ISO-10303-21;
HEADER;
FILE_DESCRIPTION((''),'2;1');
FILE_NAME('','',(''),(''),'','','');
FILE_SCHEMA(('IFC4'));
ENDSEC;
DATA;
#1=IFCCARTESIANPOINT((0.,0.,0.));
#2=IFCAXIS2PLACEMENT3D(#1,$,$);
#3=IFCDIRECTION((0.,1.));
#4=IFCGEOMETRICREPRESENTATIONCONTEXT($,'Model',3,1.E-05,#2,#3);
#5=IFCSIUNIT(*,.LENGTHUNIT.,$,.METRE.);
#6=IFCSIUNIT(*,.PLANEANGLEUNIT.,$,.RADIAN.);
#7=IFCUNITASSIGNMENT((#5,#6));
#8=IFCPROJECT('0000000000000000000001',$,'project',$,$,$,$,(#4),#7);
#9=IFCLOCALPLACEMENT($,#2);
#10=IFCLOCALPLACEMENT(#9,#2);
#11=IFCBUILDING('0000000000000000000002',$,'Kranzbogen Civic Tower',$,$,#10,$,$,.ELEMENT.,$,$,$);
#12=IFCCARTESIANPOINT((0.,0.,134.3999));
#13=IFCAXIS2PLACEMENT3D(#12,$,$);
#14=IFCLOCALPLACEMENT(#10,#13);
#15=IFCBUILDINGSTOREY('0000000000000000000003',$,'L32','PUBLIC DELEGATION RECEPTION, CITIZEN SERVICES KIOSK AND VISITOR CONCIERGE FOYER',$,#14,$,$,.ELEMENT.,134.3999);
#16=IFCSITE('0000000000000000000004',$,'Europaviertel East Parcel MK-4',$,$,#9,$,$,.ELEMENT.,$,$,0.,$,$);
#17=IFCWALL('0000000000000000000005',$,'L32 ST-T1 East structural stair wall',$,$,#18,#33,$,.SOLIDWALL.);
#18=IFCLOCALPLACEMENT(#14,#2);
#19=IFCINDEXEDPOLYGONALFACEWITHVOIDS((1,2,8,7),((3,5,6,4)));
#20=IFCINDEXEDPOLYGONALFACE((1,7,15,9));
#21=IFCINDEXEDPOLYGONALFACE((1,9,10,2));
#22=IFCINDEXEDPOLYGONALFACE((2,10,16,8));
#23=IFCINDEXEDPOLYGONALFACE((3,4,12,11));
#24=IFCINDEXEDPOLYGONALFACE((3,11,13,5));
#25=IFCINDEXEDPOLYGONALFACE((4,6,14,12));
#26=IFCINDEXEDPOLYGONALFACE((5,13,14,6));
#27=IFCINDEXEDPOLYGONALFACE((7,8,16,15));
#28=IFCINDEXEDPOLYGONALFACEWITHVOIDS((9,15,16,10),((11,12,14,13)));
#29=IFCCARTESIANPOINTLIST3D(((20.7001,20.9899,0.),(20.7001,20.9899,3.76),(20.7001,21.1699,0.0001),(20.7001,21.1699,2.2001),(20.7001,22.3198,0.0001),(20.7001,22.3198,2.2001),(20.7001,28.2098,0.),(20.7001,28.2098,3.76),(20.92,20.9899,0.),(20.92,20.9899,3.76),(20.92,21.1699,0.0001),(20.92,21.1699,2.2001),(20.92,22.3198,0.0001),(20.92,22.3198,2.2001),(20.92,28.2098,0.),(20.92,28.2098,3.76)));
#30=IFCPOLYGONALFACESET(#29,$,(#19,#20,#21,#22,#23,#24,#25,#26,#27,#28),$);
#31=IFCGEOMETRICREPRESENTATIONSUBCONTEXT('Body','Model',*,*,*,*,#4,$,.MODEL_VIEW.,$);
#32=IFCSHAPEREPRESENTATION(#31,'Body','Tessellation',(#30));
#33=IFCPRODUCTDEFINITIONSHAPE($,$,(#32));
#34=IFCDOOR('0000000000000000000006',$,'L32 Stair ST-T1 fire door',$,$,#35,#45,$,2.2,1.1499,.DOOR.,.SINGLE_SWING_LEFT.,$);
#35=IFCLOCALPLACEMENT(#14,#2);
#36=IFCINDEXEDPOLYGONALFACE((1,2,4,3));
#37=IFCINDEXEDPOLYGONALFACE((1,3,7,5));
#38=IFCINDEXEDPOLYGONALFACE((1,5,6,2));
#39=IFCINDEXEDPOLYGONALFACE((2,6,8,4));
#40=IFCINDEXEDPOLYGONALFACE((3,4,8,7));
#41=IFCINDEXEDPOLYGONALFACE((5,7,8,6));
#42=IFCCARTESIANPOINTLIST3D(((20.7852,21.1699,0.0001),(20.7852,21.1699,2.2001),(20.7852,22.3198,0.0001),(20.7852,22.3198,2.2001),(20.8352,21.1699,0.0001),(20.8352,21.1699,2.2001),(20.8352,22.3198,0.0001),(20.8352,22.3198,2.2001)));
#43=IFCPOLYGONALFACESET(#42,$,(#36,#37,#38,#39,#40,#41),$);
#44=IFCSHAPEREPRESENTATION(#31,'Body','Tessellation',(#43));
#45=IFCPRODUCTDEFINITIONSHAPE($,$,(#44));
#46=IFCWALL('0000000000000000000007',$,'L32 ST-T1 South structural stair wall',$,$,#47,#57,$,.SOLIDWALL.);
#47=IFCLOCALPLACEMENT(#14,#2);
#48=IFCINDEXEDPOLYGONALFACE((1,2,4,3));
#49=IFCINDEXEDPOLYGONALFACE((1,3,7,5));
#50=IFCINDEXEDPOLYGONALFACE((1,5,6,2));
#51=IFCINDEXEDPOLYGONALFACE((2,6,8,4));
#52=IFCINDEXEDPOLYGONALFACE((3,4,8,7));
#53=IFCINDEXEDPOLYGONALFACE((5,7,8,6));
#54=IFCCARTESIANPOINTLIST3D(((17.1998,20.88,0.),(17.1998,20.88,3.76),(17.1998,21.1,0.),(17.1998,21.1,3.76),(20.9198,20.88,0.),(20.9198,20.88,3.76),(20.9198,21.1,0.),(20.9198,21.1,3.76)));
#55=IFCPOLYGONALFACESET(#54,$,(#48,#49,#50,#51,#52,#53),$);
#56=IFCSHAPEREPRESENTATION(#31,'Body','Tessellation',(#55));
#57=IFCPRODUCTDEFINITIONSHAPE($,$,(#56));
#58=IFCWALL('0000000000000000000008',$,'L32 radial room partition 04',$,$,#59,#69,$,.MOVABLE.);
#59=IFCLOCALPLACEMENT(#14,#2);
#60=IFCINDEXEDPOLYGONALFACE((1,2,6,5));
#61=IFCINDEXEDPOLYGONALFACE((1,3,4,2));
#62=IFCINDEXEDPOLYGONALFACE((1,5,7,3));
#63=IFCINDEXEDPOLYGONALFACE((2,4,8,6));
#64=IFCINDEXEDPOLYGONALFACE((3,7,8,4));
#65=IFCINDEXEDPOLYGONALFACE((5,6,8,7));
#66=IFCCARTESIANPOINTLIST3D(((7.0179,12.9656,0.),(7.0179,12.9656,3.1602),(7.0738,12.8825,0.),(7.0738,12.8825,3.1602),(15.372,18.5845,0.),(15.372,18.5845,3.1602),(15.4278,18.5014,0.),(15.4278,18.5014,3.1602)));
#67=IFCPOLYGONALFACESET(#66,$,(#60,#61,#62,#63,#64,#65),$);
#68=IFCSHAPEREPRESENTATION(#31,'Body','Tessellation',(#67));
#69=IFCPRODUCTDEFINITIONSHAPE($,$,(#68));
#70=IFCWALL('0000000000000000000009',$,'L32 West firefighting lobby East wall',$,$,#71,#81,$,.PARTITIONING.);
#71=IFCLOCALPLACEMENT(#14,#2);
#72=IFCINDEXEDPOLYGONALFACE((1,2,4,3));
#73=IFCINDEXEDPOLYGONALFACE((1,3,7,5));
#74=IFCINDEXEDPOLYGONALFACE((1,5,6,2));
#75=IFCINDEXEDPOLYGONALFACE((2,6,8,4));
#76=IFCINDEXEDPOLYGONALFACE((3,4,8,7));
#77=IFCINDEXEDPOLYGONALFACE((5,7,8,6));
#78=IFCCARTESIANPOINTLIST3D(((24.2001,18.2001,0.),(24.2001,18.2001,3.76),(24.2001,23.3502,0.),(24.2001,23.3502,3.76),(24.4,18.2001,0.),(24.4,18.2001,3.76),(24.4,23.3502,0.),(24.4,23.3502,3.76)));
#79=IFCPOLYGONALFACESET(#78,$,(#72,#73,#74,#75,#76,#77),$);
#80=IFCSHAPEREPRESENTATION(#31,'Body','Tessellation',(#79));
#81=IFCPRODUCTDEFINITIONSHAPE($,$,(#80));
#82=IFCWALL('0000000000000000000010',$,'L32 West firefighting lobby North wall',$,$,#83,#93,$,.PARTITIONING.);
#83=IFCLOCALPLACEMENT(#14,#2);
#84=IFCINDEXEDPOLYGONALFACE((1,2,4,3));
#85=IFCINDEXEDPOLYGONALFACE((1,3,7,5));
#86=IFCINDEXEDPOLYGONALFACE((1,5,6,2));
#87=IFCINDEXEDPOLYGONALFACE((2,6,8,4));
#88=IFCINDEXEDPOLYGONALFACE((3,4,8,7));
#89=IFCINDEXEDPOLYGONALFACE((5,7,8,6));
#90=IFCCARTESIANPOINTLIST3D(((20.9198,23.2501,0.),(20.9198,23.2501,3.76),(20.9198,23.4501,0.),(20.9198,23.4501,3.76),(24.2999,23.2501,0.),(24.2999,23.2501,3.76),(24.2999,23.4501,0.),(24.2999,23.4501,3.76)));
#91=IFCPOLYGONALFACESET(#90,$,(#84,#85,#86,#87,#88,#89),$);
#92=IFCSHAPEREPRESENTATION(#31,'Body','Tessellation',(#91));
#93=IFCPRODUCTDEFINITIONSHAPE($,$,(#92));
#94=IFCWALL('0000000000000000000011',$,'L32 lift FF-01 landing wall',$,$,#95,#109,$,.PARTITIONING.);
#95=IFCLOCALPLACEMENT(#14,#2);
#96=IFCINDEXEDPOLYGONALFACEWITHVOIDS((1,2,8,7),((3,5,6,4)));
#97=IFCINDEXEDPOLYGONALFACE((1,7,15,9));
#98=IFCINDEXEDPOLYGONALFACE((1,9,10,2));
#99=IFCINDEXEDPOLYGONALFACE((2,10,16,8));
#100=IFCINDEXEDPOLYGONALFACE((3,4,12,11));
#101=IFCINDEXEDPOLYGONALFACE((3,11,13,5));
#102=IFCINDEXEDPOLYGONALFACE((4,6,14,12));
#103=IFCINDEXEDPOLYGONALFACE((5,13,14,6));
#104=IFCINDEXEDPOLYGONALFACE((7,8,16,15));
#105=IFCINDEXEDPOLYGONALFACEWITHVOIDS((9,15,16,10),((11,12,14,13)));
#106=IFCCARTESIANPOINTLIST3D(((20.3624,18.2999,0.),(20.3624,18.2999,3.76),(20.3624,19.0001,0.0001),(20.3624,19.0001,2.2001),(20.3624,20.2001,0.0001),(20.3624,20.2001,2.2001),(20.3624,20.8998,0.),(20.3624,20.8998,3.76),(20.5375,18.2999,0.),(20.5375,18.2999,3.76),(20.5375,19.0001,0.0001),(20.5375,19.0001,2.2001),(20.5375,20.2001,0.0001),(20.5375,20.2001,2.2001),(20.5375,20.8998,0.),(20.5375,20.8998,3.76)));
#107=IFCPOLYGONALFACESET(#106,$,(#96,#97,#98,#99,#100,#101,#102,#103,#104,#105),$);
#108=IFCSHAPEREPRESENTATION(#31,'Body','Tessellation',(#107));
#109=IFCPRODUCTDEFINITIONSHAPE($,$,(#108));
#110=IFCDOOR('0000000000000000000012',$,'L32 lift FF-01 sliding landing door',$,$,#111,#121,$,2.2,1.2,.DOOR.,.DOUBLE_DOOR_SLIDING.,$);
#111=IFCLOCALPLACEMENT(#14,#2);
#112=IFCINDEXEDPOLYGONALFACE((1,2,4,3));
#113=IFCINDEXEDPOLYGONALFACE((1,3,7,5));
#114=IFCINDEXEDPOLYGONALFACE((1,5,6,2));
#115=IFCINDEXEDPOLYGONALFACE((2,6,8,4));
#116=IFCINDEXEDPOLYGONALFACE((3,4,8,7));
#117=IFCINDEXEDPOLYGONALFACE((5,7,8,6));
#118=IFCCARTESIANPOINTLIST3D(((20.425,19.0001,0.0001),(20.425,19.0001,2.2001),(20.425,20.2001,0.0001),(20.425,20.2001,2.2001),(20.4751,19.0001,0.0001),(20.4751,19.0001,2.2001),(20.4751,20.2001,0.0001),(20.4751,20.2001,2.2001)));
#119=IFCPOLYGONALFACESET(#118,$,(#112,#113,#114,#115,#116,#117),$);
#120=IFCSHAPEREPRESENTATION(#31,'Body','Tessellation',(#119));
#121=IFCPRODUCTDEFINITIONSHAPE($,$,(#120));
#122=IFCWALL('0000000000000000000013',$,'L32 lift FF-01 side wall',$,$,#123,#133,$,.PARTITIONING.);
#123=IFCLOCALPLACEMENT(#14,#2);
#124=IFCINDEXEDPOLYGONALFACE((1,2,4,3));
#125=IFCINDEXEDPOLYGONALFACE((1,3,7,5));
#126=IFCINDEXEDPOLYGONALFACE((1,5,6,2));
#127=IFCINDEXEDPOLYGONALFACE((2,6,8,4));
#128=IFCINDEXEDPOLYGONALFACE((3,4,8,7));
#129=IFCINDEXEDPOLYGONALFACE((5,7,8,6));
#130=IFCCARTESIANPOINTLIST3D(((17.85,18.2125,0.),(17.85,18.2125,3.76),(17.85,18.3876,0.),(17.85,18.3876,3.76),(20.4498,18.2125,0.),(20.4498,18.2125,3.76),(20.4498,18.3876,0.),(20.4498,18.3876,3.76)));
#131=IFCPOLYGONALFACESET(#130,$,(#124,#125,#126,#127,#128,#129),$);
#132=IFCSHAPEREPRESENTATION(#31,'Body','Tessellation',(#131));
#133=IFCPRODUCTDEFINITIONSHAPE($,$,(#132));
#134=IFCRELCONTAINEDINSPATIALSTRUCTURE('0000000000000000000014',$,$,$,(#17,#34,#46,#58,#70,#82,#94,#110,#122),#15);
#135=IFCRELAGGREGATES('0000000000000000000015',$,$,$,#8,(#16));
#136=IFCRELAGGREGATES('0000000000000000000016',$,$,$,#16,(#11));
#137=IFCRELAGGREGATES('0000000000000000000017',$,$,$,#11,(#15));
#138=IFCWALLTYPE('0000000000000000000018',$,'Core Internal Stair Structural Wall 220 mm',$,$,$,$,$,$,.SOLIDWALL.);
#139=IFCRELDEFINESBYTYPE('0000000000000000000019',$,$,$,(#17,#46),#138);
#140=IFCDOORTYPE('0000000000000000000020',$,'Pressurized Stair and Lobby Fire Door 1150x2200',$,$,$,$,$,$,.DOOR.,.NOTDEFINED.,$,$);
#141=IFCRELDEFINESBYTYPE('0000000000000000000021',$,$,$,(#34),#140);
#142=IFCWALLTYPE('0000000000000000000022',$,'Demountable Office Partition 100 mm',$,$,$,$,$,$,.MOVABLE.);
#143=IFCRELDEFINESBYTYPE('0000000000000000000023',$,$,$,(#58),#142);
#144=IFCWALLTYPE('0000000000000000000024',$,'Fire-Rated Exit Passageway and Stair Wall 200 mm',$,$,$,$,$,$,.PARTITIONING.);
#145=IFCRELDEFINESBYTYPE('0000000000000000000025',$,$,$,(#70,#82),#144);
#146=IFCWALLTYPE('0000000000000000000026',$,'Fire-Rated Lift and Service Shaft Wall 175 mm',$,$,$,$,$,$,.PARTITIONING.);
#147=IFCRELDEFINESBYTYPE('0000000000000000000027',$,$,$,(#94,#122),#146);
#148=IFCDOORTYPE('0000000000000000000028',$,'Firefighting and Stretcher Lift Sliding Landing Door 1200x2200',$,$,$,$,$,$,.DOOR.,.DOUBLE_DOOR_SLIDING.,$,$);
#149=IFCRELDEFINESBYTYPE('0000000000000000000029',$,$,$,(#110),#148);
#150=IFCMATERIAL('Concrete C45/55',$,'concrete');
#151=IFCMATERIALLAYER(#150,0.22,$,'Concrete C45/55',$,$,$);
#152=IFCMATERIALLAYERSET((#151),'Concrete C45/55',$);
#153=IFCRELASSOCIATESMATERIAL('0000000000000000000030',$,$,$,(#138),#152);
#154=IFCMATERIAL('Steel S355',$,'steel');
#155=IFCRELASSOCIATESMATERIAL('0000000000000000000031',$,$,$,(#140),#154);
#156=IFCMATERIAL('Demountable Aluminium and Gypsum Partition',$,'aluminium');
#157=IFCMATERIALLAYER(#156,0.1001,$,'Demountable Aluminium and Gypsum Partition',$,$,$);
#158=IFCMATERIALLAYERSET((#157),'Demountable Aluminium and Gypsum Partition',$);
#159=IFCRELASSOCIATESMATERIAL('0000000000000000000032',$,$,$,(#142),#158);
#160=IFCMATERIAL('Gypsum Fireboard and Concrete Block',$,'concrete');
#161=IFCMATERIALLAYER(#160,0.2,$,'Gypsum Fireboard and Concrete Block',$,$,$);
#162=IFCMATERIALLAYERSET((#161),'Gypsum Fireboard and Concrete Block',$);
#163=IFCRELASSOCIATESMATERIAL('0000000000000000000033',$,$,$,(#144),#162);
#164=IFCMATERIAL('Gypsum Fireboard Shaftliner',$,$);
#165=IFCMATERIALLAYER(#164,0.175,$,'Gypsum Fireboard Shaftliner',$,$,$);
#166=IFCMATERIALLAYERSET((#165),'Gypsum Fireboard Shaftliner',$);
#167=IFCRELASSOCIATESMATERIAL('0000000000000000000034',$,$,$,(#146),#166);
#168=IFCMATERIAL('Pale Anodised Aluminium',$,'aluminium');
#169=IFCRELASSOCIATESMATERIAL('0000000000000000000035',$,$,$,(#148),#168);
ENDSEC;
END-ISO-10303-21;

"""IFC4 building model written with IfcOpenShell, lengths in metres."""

from ifc_helpers import new_model, si_unit, direction, frame, frame_2d, origin, place, context, subcontext, project, spatial, rectangle, extrude, material, layer, layer_set, type_object, element, fill, save


model = new_model("IFC4")

# Units and contexts
model_context = context("Model", 3, precision=1e-05, world=origin(), true_north=direction((0.0, 1.0)))
body_context = subcontext(model_context, "Body", "Model", "MODEL_VIEW")
ifc_project = project(units=[si_unit("LENGTHUNIT", "METRE"), si_unit("PLANEANGLEUNIT", "RADIAN")], contexts=[model_context])

# Site, building, storey
site_placement = place(None, origin())
site = spatial("IfcSite", under=ifc_project, at=site_placement, Name="Europaviertel East Parcel MK-4", CompositionType="ELEMENT", RefElevation=0.0)
building_placement = place(site_placement, origin())
building = spatial("IfcBuilding", under=site, at=building_placement, Name="Kranzbogen Civic Tower", CompositionType="ELEMENT")
storey_placement = place(building_placement, frame((0.0, 0.0, 134.3999)))
storey = spatial("IfcBuildingStorey", under=building, at=storey_placement, Name="L32", Description="PUBLIC DELEGATION RECEPTION, CITIZEN SERVICES KIOSK AND VISITOR CONCIERGE FOYER", CompositionType="ELEMENT", Elevation=134.3999)

# Shared definitions
ifc_material_1 = material(Name="Steel S355", Category="steel")

# Wall, opening, door
ifc_material_2 = material(Name="Concrete C45/55", Category="concrete")
ifc_layer_1 = layer(ifc_material_2, 0.22, Name="Concrete C45/55")
ifc_layer_set_1 = layer_set([ifc_layer_1], Name="Concrete C45/55")
wall_type_1 = type_object("IfcWallType", Name="Core Internal Stair Structural Wall 220 mm", PredefinedType="SOLIDWALL", material=ifc_layer_set_1)
wall_1_placement = place(storey_placement, frame((20.8101, 20.99, 0.0), z_axis=(0.0, 0.0, 1.0), x_axis=(0.0, 1.0, 0.0)))
wall_1 = element("IfcWall", 1, at=wall_1_placement, inside=storey, type_object=wall_type_1, Name="L32 ST-T1 East structural stair wall", PredefinedType="SOLIDWALL", context=body_context, shape_type="SweptSolid", body=[
    extrude(rectangle(XDim=7.22, YDim=0.22, at=frame_2d((3.6099, 0.0))), origin(), (0.0, 0.0, 1.0), 3.76),
])
opening_1_placement = place(wall_1_placement, frame((0.1799, 0.0, 0.0)))
opening_1 = element("IfcOpeningElement", 2, at=opening_1_placement, cuts=wall_1, PredefinedType="OPENING", context=body_context, shape_type="SweptSolid", body=[
    extrude(rectangle(XDim=1.1499, YDim=2.2, at=frame_2d((0.575, 1.1001))), frame((0.0, 0.1201, 0.0), z_axis=(0.0, -1.0, 0.0), x_axis=(1.0, 0.0, 0.0)), (0.0, 0.0, 1.0), 0.24),
])
door_type_1 = type_object("IfcDoorType", Name="Pressurized Stair and Lobby Fire Door 1150x2200", OperationType="NOTDEFINED", PredefinedType="DOOR", material=ifc_material_1)
door_1_placement = place(opening_1_placement, origin())
door_1 = element("IfcDoor", 3, at=door_1_placement, inside=storey, type_object=door_type_1, Name="L32 Stair ST-T1 fire door", OperationType="SINGLE_SWING_LEFT", OverallHeight=2.2, OverallWidth=1.1499, PredefinedType="DOOR", context=body_context, shape_type="SweptSolid", body=[
    extrude(rectangle(XDim=1.1499, YDim=2.2, at=frame_2d((0.575, 1.1001))), frame((0.0, 0.0249, 0.0), z_axis=(0.0, -1.0, 0.0), x_axis=(1.0, 0.0, 0.0)), (0.0, 0.0, 1.0), 0.05),
])
fill(opening_1, door_1)

# Walls
wall_2_placement = place(storey_placement, frame((17.2, 20.99, 0.0), z_axis=(0.0, 0.0, 1.0), x_axis=(1.0, 0.0, 0.0)))
element("IfcWall", 4, at=wall_2_placement, inside=storey, type_object=wall_type_1, Name="L32 ST-T1 South structural stair wall", PredefinedType="SOLIDWALL", context=body_context, shape_type="SweptSolid", body=[
    extrude(rectangle(XDim=3.72, YDim=0.22, at=frame_2d((1.8599, 0.0))), origin(), (0.0, 0.0, 1.0), 3.76),
])
ifc_material_3 = material(Name="Demountable Aluminium and Gypsum Partition", Category="aluminium")
ifc_layer_2 = layer(ifc_material_3, 0.1001, Name="Demountable Aluminium and Gypsum Partition")
ifc_layer_set_2 = layer_set([ifc_layer_2], Name="Demountable Aluminium and Gypsum Partition")
wall_type_2 = type_object("IfcWallType", Name="Demountable Office Partition 100 mm", PredefinedType="MOVABLE", material=ifc_layer_set_2)
wall_3_placement = place(storey_placement, frame((15.3999, 18.543, 0.0), z_axis=(0.0, 0.0, 1.0), x_axis=(-0.829771, -0.558104, 0.0)))
element("IfcWall", 5, at=wall_3_placement, inside=storey, type_object=wall_type_2, Name="L32 radial room partition 04", PredefinedType="MOVABLE", context=body_context, shape_type="SweptSolid", body=[
    extrude(rectangle(XDim=10.0679, YDim=0.1001, at=frame_2d((5.0339, 0.0))), origin(), (0.0, 0.0, 1.0), 3.1602),
])
ifc_material_4 = material(Name="Gypsum Fireboard and Concrete Block", Category="concrete")
ifc_layer_3 = layer(ifc_material_4, 0.2, Name="Gypsum Fireboard and Concrete Block")
ifc_layer_set_3 = layer_set([ifc_layer_3], Name="Gypsum Fireboard and Concrete Block")
wall_type_3 = type_object("IfcWallType", Name="Fire-Rated Exit Passageway and Stair Wall 200 mm", PredefinedType="PARTITIONING", material=ifc_layer_set_3)
wall_4_placement = place(storey_placement, frame((24.3, 18.2, 0.0), z_axis=(0.0, 0.0, 1.0), x_axis=(0.0, 1.0, 0.0)))
element("IfcWall", 6, at=wall_4_placement, inside=storey, type_object=wall_type_3, Name="L32 West firefighting lobby East wall", PredefinedType="PARTITIONING", context=body_context, shape_type="SweptSolid", body=[
    extrude(rectangle(XDim=5.1501, YDim=0.2, at=frame_2d((2.5752, 0.0))), origin(), (0.0, 0.0, 1.0), 3.76),
])
wall_5_placement = place(storey_placement, frame((20.9199, 23.3501, 0.0), z_axis=(0.0, 0.0, 1.0), x_axis=(1.0, 0.0, 0.0)))
element("IfcWall", 7, at=wall_5_placement, inside=storey, type_object=wall_type_3, Name="L32 West firefighting lobby North wall", PredefinedType="PARTITIONING", context=body_context, shape_type="SweptSolid", body=[
    extrude(rectangle(XDim=3.3801, YDim=0.2, at=frame_2d((1.6899, 0.0))), origin(), (0.0, 0.0, 1.0), 3.76),
])

# Wall, opening, door
ifc_material_5 = material(Name="Gypsum Fireboard Shaftliner")
ifc_layer_4 = layer(ifc_material_5, 0.175, Name="Gypsum Fireboard Shaftliner")
ifc_layer_set_4 = layer_set([ifc_layer_4], Name="Gypsum Fireboard Shaftliner")
wall_type_4 = type_object("IfcWallType", Name="Fire-Rated Lift and Service Shaft Wall 175 mm", PredefinedType="PARTITIONING", material=ifc_layer_set_4)
wall_6_placement = place(storey_placement, frame((20.45, 18.3, 0.0), z_axis=(0.0, 0.0, 1.0), x_axis=(0.0, 1.0, 0.0)))
wall_6 = element("IfcWall", 8, at=wall_6_placement, inside=storey, type_object=wall_type_4, Name="L32 lift FF-01 landing wall", PredefinedType="PARTITIONING", context=body_context, shape_type="SweptSolid", body=[
    extrude(rectangle(XDim=2.5999, YDim=0.175, at=frame_2d((1.2998, 0.0))), origin(), (0.0, 0.0, 1.0), 3.76),
])
opening_2_placement = place(wall_6_placement, frame((0.7, 0.0, 0.0)))
opening_2 = element("IfcOpeningElement", 9, at=opening_2_placement, cuts=wall_6, PredefinedType="OPENING", context=body_context, shape_type="SweptSolid", body=[
    extrude(rectangle(XDim=1.2, YDim=2.2, at=frame_2d((0.6001, 1.1001))), frame((0.0, 0.0977, 0.0), z_axis=(0.0, -1.0, 0.0), x_axis=(1.0, 0.0, 0.0)), (0.0, 0.0, 1.0), 0.1951),
])
ifc_material_6 = material(Name="Pale Anodised Aluminium", Category="aluminium")
door_type_2 = type_object("IfcDoorType", Name="Firefighting and Stretcher Lift Sliding Landing Door 1200x2200", OperationType="DOUBLE_DOOR_SLIDING", PredefinedType="DOOR", material=ifc_material_6)
door_2_placement = place(opening_2_placement, origin())
door_2 = element("IfcDoor", 10, at=door_2_placement, inside=storey, type_object=door_type_2, Name="L32 lift FF-01 sliding landing door", OperationType="DOUBLE_DOOR_SLIDING", OverallHeight=2.2, OverallWidth=1.2, PredefinedType="DOOR", context=body_context, shape_type="SweptSolid", body=[
    extrude(rectangle(XDim=1.2, YDim=2.2, at=frame_2d((0.6001, 1.1001))), frame((0.0, 0.0249, 0.0), z_axis=(0.0, -1.0, 0.0), x_axis=(1.0, 0.0, 0.0)), (0.0, 0.0, 1.0), 0.05),
])
fill(opening_2, door_2)

# Wall
wall_7_placement = place(storey_placement, frame((17.8501, 18.3, 0.0), z_axis=(0.0, 0.0, 1.0), x_axis=(1.0, 0.0, 0.0)))
element("IfcWall", 11, at=wall_7_placement, inside=storey, type_object=wall_type_4, Name="L32 lift FF-01 side wall", PredefinedType="PARTITIONING", context=body_context, shape_type="SweptSolid", body=[
    extrude(rectangle(XDim=2.5999, YDim=0.175, at=frame_2d((1.2998, 0.0))), origin(), (0.0, 0.0, 1.0), 3.76),
])

save(model, "model.ifc")
